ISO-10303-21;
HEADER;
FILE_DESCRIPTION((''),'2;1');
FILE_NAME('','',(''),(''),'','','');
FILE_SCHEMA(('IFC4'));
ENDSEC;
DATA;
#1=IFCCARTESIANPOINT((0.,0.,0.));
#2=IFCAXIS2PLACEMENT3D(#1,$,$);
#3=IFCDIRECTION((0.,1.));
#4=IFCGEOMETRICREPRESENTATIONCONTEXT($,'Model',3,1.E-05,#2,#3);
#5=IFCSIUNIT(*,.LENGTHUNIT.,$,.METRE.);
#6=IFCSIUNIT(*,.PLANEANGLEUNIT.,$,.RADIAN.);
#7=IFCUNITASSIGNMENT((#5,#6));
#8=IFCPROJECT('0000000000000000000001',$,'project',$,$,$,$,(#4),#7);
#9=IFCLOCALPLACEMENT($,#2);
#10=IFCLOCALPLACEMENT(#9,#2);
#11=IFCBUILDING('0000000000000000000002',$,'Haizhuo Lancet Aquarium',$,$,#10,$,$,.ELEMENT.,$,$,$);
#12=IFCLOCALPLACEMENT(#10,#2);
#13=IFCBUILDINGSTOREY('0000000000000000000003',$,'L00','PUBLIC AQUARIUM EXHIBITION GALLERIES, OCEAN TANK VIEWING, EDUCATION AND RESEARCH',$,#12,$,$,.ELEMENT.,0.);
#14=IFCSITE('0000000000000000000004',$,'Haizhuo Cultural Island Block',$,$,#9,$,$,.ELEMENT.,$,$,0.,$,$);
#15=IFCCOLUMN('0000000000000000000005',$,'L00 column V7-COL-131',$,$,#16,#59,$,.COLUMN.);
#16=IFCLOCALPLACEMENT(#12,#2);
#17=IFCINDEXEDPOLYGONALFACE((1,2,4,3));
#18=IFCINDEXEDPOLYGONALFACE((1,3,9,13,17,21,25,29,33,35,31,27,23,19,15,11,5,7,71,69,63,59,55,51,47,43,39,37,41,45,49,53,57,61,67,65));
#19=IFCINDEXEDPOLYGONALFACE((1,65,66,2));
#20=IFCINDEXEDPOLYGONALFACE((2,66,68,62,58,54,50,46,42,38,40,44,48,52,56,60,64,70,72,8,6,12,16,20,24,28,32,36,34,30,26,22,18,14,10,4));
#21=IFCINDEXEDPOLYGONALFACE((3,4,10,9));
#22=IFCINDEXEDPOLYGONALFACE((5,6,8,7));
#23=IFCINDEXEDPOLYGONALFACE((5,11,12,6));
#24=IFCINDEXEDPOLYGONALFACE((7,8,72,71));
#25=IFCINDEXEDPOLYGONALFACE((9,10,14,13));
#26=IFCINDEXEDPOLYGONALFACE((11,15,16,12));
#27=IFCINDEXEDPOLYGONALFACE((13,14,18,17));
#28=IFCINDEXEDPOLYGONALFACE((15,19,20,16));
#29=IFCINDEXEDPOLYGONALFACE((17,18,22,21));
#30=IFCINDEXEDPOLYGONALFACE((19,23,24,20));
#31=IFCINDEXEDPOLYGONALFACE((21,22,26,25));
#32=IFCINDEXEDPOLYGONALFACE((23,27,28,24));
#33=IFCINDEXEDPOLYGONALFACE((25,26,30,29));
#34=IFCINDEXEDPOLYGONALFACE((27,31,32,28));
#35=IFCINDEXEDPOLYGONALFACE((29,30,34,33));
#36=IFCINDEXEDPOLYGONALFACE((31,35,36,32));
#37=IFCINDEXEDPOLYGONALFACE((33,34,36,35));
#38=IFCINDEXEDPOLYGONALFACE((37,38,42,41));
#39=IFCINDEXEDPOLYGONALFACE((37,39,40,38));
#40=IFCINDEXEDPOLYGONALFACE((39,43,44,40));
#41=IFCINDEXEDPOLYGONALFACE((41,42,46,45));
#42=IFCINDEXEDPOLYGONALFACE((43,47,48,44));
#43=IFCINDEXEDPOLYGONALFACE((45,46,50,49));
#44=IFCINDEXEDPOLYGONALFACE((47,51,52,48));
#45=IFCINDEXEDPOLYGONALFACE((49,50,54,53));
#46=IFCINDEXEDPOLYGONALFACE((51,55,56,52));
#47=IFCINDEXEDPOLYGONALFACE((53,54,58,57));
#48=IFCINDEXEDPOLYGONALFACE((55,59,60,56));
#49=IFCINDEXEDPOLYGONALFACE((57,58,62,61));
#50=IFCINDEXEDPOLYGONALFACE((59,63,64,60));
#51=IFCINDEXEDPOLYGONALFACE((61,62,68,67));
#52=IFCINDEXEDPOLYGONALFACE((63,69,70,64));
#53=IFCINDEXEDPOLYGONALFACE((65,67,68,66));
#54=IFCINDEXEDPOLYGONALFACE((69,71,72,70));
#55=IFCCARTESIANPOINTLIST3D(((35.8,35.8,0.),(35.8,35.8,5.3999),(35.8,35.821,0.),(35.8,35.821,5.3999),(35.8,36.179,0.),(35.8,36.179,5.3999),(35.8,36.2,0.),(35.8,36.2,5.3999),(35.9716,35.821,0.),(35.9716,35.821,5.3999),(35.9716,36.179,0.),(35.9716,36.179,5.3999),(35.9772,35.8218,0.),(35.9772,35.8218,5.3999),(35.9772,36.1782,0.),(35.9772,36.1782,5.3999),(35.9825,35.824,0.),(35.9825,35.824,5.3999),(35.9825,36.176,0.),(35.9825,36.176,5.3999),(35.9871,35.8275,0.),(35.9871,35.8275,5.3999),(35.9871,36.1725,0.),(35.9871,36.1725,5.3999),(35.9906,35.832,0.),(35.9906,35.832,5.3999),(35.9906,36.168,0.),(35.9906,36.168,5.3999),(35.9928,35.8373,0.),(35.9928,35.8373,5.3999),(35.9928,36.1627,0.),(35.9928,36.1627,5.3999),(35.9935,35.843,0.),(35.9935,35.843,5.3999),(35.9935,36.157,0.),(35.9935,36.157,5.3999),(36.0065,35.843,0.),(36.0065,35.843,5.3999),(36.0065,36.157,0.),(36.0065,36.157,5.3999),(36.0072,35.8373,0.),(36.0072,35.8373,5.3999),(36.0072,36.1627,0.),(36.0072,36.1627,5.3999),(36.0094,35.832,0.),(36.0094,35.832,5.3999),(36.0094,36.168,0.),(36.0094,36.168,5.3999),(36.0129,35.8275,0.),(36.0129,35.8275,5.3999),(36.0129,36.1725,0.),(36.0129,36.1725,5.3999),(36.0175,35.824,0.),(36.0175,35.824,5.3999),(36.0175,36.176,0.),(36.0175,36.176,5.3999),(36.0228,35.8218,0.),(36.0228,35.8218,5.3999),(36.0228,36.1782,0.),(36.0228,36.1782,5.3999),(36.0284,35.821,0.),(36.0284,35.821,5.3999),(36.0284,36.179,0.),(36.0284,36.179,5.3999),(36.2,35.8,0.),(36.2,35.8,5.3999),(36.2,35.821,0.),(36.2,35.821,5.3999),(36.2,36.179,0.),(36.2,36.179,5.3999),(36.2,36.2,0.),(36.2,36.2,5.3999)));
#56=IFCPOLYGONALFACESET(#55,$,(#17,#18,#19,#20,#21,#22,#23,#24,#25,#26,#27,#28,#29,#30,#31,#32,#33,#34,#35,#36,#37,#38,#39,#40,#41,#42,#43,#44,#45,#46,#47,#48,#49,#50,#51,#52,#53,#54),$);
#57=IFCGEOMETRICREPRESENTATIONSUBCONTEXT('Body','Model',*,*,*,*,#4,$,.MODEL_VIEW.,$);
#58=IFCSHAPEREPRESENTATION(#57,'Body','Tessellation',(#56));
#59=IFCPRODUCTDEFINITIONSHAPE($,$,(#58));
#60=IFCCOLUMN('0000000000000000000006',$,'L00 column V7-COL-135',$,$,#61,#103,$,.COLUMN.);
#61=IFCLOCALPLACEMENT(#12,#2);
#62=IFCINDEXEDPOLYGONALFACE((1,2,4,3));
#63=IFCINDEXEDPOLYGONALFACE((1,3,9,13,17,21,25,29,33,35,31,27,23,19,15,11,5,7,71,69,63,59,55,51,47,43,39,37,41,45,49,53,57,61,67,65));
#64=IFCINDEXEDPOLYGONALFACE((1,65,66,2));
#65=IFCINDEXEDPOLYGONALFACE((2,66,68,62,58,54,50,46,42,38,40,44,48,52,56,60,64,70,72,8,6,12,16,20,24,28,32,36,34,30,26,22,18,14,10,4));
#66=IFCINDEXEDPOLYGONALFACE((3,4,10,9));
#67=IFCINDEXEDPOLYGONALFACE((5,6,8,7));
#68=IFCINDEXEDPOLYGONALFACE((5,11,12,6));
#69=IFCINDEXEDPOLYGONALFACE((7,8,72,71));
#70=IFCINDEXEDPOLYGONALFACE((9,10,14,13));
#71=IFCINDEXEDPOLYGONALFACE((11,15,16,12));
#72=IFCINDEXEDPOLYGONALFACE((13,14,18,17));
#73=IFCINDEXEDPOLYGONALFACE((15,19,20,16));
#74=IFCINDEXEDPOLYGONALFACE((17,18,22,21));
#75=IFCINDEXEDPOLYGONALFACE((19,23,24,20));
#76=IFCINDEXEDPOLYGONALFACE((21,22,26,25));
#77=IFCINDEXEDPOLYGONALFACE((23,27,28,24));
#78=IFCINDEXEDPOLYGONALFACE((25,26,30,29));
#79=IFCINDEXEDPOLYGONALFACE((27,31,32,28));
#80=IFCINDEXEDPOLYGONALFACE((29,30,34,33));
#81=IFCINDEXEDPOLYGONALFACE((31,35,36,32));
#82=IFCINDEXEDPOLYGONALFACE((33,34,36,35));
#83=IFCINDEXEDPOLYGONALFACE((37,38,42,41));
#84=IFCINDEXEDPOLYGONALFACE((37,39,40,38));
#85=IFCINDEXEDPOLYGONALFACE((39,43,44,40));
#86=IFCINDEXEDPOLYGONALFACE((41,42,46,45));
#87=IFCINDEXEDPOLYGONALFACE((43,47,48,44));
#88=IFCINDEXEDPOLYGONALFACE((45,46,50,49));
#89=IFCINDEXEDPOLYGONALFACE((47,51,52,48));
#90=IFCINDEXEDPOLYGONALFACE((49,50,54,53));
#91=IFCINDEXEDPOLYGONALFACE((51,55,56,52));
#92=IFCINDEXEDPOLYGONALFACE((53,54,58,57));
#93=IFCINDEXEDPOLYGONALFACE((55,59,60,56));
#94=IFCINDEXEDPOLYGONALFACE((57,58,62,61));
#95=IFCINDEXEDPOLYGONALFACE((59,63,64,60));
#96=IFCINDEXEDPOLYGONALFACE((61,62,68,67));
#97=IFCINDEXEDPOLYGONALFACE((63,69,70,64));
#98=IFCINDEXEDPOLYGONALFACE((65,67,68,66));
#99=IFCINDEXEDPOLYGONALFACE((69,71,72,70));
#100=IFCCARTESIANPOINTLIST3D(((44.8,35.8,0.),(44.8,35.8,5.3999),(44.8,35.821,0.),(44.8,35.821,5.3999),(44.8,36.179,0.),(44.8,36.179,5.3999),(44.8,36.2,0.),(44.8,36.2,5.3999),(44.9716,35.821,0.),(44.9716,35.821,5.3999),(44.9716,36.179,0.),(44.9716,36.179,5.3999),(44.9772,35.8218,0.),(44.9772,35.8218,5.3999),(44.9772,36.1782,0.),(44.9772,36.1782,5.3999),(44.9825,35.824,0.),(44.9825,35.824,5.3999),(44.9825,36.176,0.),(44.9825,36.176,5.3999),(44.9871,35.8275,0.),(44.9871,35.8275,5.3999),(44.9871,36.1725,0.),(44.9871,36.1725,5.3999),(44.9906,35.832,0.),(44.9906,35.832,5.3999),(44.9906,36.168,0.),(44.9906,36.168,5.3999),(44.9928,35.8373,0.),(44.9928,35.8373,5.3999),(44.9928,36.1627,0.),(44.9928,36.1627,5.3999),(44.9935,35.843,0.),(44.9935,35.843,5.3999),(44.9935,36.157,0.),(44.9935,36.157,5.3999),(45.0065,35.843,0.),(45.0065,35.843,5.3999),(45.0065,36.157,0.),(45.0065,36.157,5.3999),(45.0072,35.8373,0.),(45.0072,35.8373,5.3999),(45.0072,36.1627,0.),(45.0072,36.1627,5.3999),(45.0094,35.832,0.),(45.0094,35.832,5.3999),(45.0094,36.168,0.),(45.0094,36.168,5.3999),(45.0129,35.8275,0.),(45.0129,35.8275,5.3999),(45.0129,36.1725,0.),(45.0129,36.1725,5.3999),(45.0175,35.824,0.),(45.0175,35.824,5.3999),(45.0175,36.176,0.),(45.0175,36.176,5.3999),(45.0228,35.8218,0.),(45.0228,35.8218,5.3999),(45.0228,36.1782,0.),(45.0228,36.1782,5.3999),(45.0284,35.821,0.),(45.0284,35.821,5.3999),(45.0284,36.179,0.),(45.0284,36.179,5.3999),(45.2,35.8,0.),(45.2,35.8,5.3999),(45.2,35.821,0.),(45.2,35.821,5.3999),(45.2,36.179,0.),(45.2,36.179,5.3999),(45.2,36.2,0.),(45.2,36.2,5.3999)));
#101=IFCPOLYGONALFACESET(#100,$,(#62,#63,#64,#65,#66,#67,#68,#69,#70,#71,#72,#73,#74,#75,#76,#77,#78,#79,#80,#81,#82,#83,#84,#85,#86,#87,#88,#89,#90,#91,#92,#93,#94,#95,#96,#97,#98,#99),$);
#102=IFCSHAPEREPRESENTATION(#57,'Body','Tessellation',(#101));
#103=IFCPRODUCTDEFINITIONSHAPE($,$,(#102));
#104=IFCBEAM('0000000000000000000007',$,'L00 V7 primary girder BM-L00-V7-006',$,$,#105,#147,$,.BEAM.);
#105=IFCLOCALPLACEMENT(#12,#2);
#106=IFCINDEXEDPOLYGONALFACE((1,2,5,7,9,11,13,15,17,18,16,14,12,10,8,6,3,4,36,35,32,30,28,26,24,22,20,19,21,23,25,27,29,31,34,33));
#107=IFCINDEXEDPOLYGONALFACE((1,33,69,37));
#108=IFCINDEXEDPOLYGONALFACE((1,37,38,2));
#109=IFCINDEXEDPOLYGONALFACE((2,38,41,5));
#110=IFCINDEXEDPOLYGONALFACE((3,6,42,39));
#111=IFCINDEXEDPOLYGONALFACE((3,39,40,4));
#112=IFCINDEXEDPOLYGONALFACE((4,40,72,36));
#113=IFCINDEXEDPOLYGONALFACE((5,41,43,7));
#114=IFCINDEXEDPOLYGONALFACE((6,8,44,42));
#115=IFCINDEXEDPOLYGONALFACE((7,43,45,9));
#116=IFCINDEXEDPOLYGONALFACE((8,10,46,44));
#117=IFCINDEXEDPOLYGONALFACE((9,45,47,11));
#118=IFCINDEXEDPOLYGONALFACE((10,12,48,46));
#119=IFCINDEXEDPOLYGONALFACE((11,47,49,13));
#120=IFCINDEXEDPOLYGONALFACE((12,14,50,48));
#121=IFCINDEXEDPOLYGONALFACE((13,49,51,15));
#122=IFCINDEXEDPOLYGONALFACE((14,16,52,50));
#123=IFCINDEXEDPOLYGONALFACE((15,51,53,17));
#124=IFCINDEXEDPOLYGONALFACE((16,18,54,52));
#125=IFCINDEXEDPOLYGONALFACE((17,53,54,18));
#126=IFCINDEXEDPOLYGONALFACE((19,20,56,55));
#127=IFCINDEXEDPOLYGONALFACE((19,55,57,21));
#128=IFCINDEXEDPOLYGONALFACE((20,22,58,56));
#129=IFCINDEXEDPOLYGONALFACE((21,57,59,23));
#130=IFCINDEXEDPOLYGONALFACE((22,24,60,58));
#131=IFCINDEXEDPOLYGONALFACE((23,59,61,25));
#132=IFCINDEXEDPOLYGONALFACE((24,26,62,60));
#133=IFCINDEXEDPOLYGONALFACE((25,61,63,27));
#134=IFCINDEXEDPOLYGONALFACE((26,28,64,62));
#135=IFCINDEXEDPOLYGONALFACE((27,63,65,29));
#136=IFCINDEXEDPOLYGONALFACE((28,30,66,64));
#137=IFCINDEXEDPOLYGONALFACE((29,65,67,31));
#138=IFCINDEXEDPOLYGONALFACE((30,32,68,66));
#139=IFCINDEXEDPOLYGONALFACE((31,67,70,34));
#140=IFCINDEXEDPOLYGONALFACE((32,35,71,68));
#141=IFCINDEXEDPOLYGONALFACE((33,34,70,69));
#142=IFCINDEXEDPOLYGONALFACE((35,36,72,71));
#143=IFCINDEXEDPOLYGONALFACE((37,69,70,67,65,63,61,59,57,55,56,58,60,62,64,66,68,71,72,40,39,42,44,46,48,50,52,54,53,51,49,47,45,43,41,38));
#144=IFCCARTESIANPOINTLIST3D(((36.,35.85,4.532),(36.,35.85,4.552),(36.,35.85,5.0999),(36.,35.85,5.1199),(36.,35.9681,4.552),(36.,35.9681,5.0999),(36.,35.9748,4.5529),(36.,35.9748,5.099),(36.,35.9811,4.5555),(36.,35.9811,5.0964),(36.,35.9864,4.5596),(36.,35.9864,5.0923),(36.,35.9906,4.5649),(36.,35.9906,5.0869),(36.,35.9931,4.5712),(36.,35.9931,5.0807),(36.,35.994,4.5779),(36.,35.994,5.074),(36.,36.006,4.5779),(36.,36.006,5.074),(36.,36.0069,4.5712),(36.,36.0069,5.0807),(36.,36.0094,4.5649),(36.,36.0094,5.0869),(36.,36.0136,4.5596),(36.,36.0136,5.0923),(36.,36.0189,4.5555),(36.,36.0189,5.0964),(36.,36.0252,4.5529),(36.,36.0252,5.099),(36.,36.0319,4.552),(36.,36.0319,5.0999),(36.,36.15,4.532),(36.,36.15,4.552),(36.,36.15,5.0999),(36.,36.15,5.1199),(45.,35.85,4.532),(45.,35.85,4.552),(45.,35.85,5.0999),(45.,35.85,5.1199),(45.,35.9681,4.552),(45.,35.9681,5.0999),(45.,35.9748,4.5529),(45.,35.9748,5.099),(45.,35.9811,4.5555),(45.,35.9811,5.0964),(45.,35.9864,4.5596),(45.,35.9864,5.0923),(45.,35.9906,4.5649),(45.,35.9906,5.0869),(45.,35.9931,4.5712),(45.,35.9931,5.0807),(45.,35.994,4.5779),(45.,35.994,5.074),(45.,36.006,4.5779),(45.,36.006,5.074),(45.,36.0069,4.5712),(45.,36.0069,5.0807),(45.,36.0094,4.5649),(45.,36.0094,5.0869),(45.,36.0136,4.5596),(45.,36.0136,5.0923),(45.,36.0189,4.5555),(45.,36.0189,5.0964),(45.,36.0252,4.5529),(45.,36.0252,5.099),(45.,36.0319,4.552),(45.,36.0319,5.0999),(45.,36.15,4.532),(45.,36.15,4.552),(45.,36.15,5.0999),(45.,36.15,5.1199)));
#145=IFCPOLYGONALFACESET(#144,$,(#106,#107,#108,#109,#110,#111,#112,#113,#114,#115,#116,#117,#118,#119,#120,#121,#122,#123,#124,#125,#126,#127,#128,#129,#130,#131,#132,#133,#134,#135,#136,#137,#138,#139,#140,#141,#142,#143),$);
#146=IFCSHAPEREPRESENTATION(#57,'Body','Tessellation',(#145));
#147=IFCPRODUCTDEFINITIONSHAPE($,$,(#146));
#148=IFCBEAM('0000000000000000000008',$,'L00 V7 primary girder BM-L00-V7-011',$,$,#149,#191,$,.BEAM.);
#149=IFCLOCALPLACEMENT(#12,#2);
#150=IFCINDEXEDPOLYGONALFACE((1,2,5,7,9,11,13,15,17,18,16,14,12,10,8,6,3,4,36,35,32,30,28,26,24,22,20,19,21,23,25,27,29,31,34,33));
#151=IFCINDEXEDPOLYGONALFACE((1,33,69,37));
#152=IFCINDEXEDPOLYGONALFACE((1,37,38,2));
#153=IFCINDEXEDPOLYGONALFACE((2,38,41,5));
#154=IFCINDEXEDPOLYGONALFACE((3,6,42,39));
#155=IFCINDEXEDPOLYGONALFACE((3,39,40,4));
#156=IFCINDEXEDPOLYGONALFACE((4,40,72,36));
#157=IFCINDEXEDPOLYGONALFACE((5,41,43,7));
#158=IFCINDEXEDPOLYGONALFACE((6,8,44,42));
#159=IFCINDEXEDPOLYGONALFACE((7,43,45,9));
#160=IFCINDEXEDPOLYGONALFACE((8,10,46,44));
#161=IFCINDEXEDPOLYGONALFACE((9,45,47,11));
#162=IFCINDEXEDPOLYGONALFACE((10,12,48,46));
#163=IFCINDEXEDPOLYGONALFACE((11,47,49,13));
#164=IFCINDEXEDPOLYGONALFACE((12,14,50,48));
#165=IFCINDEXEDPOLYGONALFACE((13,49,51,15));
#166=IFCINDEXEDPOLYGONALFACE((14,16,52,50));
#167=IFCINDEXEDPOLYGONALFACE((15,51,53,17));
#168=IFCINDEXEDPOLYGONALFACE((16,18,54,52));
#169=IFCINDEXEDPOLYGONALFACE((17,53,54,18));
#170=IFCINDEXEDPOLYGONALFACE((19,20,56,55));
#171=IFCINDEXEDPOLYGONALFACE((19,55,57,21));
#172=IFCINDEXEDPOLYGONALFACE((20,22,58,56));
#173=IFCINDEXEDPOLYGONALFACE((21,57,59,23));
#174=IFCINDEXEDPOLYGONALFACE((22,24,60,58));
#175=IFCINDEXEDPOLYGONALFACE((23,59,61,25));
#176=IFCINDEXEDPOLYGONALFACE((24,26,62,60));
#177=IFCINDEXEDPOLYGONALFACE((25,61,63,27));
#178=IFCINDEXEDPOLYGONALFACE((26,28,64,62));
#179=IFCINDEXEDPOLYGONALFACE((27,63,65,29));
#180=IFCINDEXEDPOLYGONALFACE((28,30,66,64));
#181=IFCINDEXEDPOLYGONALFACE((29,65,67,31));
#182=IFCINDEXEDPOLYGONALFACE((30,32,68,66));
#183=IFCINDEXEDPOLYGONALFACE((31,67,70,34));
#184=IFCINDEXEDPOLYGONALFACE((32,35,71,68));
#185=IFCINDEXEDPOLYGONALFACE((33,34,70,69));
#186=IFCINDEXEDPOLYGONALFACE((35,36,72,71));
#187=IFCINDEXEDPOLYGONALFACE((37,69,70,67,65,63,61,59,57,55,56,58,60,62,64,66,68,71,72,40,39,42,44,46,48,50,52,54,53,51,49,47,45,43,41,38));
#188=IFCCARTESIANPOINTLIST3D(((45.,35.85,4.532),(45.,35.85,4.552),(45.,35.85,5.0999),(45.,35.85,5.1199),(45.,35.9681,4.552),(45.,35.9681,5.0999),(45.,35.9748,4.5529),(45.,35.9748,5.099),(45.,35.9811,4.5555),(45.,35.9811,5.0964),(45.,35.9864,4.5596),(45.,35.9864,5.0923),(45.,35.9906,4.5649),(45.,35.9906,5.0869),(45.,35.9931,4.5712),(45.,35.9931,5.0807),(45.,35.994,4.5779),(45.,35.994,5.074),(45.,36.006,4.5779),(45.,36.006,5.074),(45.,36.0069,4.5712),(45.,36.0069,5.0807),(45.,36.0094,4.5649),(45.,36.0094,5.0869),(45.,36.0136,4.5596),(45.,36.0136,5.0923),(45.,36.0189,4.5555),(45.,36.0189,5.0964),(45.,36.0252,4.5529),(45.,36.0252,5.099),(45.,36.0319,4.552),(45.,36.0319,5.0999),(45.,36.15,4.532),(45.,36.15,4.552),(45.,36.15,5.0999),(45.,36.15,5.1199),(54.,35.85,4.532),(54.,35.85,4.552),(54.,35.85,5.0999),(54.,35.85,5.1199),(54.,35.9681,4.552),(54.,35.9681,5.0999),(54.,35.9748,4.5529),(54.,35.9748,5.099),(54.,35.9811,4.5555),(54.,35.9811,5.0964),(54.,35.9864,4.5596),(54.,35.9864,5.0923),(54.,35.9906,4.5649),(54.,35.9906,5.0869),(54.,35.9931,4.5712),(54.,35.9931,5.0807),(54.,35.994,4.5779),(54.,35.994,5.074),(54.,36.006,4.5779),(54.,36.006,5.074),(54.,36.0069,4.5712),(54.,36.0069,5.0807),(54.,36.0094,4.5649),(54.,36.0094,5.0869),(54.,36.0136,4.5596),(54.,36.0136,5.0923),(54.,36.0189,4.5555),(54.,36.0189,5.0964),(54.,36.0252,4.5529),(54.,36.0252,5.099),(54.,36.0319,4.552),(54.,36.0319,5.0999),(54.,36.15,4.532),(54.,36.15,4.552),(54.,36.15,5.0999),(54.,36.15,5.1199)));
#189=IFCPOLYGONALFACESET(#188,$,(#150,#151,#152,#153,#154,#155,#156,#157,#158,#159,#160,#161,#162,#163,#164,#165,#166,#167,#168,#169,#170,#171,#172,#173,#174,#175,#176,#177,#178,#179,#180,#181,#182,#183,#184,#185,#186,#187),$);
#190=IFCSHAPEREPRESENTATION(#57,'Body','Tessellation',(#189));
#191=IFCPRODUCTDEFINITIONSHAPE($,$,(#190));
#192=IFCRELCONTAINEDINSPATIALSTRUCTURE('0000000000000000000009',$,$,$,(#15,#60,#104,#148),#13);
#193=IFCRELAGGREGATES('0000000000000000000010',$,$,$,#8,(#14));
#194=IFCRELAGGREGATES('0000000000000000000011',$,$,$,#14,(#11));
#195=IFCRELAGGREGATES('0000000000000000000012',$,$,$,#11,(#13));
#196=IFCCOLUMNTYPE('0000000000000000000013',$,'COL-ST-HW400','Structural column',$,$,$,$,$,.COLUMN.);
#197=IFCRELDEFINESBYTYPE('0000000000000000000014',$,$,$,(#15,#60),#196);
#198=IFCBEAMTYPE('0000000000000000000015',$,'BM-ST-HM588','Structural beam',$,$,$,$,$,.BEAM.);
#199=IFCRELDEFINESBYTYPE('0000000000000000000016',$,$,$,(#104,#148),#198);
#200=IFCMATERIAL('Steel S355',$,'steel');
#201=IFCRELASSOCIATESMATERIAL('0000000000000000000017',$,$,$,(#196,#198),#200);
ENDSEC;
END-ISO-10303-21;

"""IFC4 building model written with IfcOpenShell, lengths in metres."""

from ifc_helpers import new_model, si_unit, direction, frame, origin, origin_2d, place, context, subcontext, project, spatial, i_section, extrude, material, material_profile, profile_set, type_object, element, save


model = new_model("IFC4")

# Units and contexts
model_context = context("Model", 3, precision=1e-05, world=origin(), true_north=direction((0.0, 1.0)))
body_context = subcontext(model_context, "Body", "Model", "MODEL_VIEW")
ifc_project = project(units=[si_unit("LENGTHUNIT", "METRE"), si_unit("PLANEANGLEUNIT", "RADIAN")], contexts=[model_context])

# Site, building, storey
site_placement = place(None, origin())
site = spatial("IfcSite", under=ifc_project, at=site_placement, Name="Haizhuo Cultural Island Block", CompositionType="ELEMENT", RefElevation=0.0)
building_placement = place(site_placement, origin())
building = spatial("IfcBuilding", under=site, at=building_placement, Name="Haizhuo Lancet Aquarium", CompositionType="ELEMENT")
storey_placement = place(building_placement, origin())
storey = spatial("IfcBuildingStorey", under=building, at=storey_placement, Name="L00", Description="PUBLIC AQUARIUM EXHIBITION GALLERIES, OCEAN TANK VIEWING, EDUCATION AND RESEARCH", CompositionType="ELEMENT", Elevation=0.0)

# Columns
ifc_material_1 = material(Name="Steel S355", Category="steel")
ifc_material_profile_1 = material_profile(ifc_material_1, i_section(OverallWidth=0.3999, OverallDepth=0.3999, WebThickness=0.0129, FlangeThickness=0.021, FilletRadius=0.022, at=origin_2d()), Name="HW 400x400x13x21")
ifc_profile_set_1 = profile_set([ifc_material_profile_1], Name="Steel S355")
column_type = type_object("IfcColumnType", Name="COL-ST-HW400", Description="Structural column", PredefinedType="COLUMN", material=ifc_profile_set_1)
for number, where, z_axis, x_axis, name in (
    (1, (36.0, 36.0, 0.0), (0.0, 0.0, 1.0), (1.0, 0.0, 0.0), "L00 column V7-COL-131"),
    (2, (45.0, 36.0, 0.0), (0.0, 0.0, 1.0), (1.0, 0.0, 0.0), "L00 column V7-COL-135"),
):
    element("IfcColumn", number, at=place(storey_placement, frame(where, z_axis=z_axis, x_axis=x_axis)), inside=storey, type_object=column_type, Name=name, PredefinedType="COLUMN", context=body_context, shape_type="SweptSolid", body=[
        extrude(i_section(OverallWidth=0.3999, OverallDepth=0.3999, WebThickness=0.0129, FlangeThickness=0.021, FilletRadius=0.022, at=origin_2d()), origin(), (0.0, 0.0, 1.0), 5.3999),
    ])

# Beams
ifc_material_profile_2 = material_profile(ifc_material_1, i_section(OverallWidth=0.3, OverallDepth=0.5879, WebThickness=0.012, FlangeThickness=0.02, FilletRadius=0.0259, at=origin_2d()), Name="HM 588x300x12x20")
ifc_profile_set_2 = profile_set([ifc_material_profile_2], Name="Steel S355")
beam_type = type_object("IfcBeamType", Name="BM-ST-HM588", Description="Structural beam", PredefinedType="BEAM", material=ifc_profile_set_2)
for number, where, z_axis, x_axis, name in (
    (3, (36.0, 36.0, 4.8259), (1.0, 0.0, 0.0), (0.0, 1.0, 0.0), "L00 V7 primary girder BM-L00-V7-006"),
    (4, (45.0, 36.0, 4.8259), (1.0, 0.0, 0.0), (0.0, 1.0, 0.0), "L00 V7 primary girder BM-L00-V7-011"),
):
    element("IfcBeam", number, at=place(storey_placement, frame(where, z_axis=z_axis, x_axis=x_axis)), inside=storey, type_object=beam_type, Name=name, PredefinedType="BEAM", context=body_context, shape_type="SweptSolid", body=[
        extrude(i_section(OverallWidth=0.3, OverallDepth=0.5879, WebThickness=0.012, FlangeThickness=0.02, FilletRadius=0.0259, at=origin_2d()), origin(), (0.0, 0.0, 1.0), 9.0),
    ])

save(model, "model.ifc")
